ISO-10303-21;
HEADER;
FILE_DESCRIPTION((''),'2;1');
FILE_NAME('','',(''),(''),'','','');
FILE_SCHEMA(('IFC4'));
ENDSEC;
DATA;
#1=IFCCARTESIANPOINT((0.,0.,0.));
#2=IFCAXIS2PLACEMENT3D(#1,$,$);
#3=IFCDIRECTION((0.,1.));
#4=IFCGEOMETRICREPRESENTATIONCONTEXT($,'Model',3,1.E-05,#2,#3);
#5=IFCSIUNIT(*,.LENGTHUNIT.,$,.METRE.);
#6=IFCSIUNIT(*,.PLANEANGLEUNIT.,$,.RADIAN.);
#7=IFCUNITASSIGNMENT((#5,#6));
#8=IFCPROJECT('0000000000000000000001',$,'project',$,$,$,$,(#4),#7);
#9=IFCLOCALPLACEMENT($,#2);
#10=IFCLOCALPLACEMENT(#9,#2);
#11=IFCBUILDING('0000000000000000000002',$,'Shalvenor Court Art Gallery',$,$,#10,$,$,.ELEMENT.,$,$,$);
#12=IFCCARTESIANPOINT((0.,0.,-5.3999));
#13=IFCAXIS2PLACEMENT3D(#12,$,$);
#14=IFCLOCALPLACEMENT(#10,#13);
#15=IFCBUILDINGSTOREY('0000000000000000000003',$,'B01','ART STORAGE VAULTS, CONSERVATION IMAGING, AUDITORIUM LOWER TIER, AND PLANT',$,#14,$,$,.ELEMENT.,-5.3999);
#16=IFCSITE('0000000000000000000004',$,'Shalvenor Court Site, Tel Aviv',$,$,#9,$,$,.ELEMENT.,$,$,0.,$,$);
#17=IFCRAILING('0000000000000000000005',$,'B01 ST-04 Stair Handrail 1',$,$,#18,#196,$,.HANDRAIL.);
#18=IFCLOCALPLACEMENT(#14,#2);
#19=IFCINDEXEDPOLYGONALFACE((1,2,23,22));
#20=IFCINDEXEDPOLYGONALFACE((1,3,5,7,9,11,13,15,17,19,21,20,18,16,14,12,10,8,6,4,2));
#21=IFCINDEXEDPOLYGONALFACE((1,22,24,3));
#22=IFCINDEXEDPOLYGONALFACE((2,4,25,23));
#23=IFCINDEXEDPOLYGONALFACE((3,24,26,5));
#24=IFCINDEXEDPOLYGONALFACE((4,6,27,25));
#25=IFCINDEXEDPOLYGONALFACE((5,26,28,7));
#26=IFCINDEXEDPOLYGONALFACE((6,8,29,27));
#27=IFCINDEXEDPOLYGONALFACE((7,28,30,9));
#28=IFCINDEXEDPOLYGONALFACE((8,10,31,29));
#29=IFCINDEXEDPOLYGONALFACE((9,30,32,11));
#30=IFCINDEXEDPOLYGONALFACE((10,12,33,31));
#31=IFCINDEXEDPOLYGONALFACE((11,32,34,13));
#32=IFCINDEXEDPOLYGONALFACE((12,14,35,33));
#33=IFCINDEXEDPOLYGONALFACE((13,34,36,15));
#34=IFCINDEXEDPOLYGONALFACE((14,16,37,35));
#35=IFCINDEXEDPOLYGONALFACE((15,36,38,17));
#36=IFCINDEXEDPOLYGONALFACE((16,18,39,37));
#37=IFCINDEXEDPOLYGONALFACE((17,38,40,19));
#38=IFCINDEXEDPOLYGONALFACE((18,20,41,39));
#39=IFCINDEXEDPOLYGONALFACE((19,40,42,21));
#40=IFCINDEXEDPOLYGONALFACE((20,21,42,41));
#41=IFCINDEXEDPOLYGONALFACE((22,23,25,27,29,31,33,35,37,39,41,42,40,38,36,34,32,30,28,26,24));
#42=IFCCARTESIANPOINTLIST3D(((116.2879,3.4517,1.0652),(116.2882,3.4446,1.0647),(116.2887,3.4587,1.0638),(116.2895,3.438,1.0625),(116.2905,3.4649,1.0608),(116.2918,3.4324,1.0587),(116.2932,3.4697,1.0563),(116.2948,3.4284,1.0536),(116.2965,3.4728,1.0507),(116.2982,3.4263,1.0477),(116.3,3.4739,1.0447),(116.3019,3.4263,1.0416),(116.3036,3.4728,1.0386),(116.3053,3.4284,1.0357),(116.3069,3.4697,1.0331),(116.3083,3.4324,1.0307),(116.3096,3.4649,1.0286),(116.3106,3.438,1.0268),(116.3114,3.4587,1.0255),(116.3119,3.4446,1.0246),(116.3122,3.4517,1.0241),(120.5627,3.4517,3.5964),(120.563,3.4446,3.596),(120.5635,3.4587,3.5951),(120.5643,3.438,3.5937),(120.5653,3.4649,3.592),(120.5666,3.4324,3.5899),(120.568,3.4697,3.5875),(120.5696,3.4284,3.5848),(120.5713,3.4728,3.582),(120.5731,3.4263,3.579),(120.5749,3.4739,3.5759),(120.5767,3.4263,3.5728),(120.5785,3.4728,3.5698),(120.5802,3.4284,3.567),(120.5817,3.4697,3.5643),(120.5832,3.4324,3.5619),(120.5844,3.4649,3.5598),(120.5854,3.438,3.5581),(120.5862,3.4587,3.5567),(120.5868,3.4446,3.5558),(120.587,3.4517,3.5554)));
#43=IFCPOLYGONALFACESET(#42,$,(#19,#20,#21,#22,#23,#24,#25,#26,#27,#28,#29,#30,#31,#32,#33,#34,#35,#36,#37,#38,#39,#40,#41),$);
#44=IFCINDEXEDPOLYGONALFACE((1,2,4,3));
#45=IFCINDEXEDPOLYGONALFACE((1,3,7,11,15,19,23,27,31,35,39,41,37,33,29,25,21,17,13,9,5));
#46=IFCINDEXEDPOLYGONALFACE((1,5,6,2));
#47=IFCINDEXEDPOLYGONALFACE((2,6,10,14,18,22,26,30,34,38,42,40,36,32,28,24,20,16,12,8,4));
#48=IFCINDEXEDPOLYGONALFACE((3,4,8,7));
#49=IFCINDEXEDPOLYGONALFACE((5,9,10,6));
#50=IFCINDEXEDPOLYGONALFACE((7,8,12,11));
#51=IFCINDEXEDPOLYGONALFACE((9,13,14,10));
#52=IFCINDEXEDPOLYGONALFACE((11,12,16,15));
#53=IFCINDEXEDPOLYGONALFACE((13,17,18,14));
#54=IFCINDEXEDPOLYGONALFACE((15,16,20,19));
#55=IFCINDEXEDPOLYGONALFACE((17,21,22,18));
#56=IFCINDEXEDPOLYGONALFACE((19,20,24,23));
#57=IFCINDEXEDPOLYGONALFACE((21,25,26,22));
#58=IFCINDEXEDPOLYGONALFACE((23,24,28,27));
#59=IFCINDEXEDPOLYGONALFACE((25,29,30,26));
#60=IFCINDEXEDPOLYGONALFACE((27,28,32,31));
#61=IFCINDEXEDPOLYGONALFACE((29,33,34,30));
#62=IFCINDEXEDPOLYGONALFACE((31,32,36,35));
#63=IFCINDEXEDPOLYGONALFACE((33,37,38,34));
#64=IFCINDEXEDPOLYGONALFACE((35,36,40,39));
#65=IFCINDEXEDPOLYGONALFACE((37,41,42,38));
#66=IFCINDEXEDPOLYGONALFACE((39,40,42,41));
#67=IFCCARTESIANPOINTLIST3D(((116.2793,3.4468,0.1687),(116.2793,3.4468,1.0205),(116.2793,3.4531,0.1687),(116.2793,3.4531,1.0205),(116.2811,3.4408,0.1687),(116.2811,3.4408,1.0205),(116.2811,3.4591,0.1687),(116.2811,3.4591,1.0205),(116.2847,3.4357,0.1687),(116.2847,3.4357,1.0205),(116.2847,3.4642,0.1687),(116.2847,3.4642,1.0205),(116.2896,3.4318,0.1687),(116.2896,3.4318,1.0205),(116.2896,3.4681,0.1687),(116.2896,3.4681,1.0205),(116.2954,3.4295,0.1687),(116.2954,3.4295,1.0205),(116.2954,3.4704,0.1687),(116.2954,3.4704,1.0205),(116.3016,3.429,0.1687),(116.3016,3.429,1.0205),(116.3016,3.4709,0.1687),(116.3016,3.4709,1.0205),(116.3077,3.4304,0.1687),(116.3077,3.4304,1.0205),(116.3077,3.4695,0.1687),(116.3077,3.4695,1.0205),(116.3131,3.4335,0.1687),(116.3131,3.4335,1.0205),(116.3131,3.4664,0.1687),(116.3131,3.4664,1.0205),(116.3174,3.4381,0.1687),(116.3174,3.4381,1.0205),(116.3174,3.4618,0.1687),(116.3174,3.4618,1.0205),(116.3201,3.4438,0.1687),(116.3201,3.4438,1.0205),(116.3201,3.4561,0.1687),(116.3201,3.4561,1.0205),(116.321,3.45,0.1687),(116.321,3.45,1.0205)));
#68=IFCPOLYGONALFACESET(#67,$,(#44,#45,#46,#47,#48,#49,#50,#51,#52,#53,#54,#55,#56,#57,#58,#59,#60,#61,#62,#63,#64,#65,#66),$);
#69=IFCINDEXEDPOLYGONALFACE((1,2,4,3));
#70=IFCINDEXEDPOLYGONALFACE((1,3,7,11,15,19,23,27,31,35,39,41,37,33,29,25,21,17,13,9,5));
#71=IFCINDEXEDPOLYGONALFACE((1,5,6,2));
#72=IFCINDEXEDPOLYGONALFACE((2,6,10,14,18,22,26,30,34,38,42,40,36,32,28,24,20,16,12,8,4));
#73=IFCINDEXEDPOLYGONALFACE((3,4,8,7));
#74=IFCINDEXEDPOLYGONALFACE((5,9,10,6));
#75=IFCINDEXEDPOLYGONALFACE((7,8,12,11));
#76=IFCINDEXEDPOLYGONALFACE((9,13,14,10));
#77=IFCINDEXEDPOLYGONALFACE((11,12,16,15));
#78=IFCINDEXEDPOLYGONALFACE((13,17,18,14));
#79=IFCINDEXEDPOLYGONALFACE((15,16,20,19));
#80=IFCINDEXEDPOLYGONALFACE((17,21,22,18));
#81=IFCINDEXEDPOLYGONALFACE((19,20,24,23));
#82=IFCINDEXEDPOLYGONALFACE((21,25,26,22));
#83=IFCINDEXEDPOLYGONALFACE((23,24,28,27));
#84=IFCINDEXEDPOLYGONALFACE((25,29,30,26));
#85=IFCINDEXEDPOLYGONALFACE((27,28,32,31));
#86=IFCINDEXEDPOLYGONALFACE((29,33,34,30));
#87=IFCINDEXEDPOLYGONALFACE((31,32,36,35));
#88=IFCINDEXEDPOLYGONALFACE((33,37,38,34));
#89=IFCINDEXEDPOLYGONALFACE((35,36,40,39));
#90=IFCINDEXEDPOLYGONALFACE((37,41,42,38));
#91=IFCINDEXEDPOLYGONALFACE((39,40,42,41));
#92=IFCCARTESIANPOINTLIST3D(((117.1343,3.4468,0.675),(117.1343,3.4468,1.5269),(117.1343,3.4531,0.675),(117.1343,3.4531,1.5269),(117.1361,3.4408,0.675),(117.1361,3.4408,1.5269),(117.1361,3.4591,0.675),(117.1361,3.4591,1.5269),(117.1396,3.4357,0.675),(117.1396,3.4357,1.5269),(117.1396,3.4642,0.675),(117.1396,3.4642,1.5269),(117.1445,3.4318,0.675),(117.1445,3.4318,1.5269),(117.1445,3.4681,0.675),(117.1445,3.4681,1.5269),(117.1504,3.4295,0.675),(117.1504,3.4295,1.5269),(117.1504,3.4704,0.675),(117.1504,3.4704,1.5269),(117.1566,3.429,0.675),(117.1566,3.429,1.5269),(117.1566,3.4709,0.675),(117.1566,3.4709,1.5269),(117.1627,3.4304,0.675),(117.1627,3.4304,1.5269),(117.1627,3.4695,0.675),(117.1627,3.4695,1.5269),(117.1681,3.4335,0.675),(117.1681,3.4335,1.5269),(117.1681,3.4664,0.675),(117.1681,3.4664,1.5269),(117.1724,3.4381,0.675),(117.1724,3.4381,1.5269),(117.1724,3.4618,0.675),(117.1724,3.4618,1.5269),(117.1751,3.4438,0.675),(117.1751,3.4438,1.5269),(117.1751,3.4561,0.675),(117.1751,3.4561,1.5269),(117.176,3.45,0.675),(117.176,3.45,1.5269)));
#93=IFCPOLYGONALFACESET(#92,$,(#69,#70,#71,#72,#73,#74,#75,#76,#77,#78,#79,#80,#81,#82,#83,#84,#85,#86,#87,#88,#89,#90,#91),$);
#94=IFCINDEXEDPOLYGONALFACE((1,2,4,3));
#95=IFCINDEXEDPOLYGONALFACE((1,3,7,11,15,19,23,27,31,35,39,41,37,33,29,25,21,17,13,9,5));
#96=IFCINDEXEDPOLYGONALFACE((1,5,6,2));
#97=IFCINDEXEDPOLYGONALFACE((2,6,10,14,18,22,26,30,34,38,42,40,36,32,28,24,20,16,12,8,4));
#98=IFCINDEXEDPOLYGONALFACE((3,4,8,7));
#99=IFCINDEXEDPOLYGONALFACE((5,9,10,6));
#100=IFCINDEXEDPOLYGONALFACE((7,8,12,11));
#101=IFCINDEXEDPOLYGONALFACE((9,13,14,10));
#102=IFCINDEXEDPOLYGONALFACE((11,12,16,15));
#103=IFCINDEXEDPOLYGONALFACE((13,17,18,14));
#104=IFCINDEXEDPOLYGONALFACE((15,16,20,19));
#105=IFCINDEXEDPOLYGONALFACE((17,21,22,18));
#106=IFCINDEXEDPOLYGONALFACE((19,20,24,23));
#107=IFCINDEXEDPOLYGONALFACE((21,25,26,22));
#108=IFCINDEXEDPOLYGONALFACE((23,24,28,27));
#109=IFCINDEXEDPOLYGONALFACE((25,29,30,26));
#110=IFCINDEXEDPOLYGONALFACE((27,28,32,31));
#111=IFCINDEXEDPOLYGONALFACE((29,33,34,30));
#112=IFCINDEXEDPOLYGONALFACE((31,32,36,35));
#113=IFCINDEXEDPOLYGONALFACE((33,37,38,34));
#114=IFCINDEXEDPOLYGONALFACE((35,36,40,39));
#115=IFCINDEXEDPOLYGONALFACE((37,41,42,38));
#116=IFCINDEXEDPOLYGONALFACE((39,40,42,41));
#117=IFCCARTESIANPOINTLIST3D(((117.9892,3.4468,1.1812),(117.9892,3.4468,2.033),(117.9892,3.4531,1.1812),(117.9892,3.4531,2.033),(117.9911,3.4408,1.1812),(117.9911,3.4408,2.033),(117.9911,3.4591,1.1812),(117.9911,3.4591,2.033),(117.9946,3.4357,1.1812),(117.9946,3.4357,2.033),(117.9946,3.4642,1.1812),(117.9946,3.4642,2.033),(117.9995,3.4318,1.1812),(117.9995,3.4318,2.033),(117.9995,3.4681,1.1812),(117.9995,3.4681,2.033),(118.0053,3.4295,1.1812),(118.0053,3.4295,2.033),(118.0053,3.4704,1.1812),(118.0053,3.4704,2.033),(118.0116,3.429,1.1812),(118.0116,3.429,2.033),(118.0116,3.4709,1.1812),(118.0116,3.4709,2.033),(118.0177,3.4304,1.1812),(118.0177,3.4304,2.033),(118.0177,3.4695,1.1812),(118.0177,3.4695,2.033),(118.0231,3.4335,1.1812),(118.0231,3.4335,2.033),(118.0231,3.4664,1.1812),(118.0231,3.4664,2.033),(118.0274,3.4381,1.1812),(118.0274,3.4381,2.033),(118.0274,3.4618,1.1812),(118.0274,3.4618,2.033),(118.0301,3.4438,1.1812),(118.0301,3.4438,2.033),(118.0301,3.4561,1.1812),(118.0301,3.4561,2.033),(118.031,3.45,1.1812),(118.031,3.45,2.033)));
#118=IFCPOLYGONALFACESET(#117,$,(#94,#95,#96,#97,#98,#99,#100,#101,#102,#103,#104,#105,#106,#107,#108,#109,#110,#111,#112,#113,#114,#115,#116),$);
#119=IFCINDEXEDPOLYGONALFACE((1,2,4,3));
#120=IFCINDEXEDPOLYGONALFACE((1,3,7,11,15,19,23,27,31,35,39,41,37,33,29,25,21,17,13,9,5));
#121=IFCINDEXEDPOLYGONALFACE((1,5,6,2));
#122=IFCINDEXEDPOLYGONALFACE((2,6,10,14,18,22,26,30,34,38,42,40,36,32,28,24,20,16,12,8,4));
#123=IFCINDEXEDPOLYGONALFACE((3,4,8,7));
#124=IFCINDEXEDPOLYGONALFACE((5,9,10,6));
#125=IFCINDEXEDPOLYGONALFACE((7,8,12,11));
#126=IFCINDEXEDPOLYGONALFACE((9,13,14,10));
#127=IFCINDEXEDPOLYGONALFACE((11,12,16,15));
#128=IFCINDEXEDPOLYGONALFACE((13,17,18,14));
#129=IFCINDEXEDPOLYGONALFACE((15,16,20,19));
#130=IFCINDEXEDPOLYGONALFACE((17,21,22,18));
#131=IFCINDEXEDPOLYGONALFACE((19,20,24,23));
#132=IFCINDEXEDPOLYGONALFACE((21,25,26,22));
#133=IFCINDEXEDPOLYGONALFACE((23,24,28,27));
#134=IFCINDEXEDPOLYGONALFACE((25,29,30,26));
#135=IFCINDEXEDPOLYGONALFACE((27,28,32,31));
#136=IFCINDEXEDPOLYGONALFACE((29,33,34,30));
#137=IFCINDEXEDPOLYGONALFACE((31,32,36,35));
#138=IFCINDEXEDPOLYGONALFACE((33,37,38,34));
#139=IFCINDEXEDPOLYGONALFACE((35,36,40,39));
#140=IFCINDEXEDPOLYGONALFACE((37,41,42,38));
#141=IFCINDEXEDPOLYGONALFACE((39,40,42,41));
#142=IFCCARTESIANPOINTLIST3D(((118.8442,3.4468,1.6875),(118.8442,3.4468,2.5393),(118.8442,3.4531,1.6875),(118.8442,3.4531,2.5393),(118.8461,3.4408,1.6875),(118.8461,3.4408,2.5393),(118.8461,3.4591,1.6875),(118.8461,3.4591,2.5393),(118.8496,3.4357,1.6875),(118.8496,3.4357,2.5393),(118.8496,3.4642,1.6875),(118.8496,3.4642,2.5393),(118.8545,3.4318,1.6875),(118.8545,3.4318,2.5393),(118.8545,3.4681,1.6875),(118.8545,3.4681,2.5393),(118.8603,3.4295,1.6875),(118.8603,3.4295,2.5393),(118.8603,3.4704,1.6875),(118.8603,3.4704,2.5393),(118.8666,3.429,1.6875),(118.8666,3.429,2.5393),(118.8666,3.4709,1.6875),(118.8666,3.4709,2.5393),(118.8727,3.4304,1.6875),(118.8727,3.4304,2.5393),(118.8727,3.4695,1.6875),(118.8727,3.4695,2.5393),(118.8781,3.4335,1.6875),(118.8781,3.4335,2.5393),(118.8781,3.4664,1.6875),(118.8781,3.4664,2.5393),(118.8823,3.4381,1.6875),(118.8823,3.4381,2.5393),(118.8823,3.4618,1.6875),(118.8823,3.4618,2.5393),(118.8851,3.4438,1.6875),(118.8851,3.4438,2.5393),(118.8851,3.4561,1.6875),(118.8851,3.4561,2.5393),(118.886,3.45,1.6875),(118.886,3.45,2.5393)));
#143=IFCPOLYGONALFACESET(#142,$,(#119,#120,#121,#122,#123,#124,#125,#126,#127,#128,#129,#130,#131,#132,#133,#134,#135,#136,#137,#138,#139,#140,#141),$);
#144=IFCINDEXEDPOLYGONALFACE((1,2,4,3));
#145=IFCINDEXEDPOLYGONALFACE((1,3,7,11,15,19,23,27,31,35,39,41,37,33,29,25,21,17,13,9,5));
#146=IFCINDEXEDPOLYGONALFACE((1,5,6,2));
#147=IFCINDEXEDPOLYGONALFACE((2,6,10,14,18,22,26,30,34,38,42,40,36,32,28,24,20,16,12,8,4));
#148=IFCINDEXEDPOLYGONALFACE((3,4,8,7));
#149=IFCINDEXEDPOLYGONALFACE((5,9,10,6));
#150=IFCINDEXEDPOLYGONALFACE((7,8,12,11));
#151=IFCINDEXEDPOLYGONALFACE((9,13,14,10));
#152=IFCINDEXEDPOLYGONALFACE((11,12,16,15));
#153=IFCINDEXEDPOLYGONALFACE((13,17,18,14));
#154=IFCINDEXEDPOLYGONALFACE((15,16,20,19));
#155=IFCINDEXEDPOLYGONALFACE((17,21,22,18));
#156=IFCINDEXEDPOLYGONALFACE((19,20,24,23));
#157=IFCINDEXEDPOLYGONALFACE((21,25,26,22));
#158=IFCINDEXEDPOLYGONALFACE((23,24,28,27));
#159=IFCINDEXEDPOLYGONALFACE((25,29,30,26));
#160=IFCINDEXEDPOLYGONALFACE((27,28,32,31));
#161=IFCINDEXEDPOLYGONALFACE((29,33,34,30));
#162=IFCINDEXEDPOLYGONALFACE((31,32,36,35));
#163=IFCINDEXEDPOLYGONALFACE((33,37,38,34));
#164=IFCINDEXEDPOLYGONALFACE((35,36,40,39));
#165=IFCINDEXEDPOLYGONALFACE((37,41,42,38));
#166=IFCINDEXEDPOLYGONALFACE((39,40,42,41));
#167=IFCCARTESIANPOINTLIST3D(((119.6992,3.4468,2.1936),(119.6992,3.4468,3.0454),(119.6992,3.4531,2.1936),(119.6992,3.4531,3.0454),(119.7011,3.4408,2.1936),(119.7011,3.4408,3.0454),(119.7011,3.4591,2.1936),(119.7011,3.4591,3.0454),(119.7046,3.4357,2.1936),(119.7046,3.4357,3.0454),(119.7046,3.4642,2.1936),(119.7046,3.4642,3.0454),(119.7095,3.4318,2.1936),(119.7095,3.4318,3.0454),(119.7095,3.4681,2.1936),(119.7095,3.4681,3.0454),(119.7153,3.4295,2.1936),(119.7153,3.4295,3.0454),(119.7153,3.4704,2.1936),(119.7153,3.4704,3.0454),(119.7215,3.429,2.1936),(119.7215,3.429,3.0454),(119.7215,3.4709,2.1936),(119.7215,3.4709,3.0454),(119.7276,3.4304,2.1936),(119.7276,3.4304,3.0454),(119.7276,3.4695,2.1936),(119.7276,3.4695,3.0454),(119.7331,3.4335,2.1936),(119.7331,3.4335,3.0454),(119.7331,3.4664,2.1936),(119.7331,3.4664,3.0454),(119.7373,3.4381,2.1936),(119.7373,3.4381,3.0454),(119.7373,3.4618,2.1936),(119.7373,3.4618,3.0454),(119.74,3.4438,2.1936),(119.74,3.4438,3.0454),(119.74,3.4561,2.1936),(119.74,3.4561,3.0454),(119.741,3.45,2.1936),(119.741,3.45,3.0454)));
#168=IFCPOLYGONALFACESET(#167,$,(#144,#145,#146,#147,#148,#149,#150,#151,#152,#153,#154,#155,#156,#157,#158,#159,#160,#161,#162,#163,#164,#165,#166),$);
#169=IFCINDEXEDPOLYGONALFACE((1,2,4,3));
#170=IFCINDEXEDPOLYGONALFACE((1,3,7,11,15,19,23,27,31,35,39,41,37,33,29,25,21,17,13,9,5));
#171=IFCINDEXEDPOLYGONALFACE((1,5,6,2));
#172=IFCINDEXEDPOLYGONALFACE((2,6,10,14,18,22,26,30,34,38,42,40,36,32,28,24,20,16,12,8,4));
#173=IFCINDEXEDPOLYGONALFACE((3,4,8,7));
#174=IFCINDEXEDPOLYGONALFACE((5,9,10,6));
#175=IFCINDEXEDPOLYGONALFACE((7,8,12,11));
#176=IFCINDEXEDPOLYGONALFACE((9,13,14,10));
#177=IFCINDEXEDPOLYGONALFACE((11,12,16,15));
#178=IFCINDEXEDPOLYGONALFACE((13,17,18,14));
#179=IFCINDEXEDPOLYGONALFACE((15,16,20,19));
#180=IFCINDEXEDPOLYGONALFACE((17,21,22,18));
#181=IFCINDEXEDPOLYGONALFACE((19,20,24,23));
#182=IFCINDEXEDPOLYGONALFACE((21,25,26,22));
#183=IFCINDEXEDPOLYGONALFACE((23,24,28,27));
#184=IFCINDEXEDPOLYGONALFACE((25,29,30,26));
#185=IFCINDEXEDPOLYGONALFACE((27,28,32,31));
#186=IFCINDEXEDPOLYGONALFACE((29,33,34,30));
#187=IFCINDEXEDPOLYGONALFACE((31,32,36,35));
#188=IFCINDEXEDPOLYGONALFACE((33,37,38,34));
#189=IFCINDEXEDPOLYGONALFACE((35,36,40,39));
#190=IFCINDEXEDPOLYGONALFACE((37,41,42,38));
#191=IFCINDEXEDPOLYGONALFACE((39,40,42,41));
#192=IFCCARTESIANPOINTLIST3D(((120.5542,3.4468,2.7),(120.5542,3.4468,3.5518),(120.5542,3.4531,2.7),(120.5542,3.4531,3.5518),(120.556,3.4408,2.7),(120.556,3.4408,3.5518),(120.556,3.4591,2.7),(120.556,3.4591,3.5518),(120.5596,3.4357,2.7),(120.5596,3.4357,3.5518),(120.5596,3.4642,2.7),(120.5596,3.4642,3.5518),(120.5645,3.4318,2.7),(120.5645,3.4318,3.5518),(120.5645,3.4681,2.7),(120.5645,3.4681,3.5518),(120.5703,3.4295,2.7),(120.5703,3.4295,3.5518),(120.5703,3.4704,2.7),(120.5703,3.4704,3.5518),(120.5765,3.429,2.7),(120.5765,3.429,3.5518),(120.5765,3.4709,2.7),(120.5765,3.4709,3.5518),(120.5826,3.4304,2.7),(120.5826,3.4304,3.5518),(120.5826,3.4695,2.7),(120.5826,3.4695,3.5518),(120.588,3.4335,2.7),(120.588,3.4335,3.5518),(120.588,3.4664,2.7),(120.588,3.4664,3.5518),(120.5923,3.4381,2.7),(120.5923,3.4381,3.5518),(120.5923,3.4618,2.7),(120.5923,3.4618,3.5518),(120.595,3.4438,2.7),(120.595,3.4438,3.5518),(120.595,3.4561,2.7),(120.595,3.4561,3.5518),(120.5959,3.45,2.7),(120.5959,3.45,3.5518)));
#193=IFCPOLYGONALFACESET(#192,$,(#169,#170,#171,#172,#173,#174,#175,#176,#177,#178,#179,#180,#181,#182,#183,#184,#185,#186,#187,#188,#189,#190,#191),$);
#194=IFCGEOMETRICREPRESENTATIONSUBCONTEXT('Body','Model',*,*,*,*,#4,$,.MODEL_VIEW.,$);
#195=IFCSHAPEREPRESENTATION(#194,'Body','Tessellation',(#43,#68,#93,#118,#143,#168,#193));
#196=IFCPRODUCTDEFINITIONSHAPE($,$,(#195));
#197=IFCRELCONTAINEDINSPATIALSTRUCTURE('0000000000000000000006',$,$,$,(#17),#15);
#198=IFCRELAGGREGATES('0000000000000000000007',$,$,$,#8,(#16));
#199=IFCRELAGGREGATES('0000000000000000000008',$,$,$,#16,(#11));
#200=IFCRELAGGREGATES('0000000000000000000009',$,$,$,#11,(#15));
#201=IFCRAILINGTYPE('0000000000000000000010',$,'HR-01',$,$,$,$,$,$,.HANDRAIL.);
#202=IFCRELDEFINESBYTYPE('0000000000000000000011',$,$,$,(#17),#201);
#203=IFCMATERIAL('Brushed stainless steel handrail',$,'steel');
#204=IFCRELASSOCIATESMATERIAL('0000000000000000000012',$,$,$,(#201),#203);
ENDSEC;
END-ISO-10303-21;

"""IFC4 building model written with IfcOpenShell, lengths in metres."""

from ifc_helpers import new_model, si_unit, direction, frame, origin, origin_2d, place, context, subcontext, project, spatial, circle, extrude, material, type_object, element, save


model = new_model("IFC4")

# Units and contexts
model_context = context("Model", 3, precision=1e-05, world=origin(), true_north=direction((0.0, 1.0)))
body_context = subcontext(model_context, "Body", "Model", "MODEL_VIEW")
ifc_project = project(units=[si_unit("LENGTHUNIT", "METRE"), si_unit("PLANEANGLEUNIT", "RADIAN")], contexts=[model_context])

# Site, building, storey
site_placement = place(None, origin())
site = spatial("IfcSite", under=ifc_project, at=site_placement, Name="Shalvenor Court Site, Tel Aviv", CompositionType="ELEMENT", RefElevation=0.0)
building_placement = place(site_placement, origin())
building = spatial("IfcBuilding", under=site, at=building_placement, Name="Shalvenor Court Art Gallery", CompositionType="ELEMENT")
storey_placement = place(building_placement, frame((0.0, 0.0, -5.3999)))
storey = spatial("IfcBuildingStorey", under=building, at=storey_placement, Name="B01", Description="ART STORAGE VAULTS, CONSERVATION IMAGING, AUDITORIUM LOWER TIER, AND PLANT", CompositionType="ELEMENT", Elevation=-5.3999)

# Railing
ifc_material_1 = material(Name="Brushed stainless steel handrail", Category="steel")
railing_type_1 = type_object("IfcRailingType", Name="HR-01", PredefinedType="HANDRAIL", material=ifc_material_1)
railing_1_placement = place(storey_placement, frame((116.3, 3.45, 0.1687)))
element("IfcRailing", 1, at=railing_1_placement, inside=storey, type_object=railing_type_1, Name="B01 ST-04 Stair Handrail 1", PredefinedType="HANDRAIL", context=body_context, shape_type="SweptSolid", body=[
    extrude(circle(Radius=0.0239, at=origin_2d()), frame((0.0, 0.0, 0.876), z_axis=(0.86047, 0.0, 0.509501), x_axis=(0.0, 1.0, 0.0)), (0.0, 0.0, 1.0), 4.968),
    extrude(circle(Radius=0.021, at=origin_2d()), origin(), (0.0, 0.0, 1.0), 0.8518),
    extrude(circle(Radius=0.021, at=origin_2d()), frame((0.855, 0.0, 0.5063)), (0.0, 0.0, 1.0), 0.8518),
    extrude(circle(Radius=0.021, at=origin_2d()), frame((1.71, 0.0, 1.0125)), (0.0, 0.0, 1.0), 0.8518),
    extrude(circle(Radius=0.021, at=origin_2d()), frame((2.5649, 0.0, 1.5188)), (0.0, 0.0, 1.0), 0.8518),
    extrude(circle(Radius=0.021, at=origin_2d()), frame((3.4199, 0.0, 2.0249)), (0.0, 0.0, 1.0), 0.8518),
    extrude(circle(Radius=0.021, at=origin_2d()), frame((4.2749, 0.0, 2.5312)), (0.0, 0.0, 1.0), 0.8518),
])

save(model, "model.ifc")
